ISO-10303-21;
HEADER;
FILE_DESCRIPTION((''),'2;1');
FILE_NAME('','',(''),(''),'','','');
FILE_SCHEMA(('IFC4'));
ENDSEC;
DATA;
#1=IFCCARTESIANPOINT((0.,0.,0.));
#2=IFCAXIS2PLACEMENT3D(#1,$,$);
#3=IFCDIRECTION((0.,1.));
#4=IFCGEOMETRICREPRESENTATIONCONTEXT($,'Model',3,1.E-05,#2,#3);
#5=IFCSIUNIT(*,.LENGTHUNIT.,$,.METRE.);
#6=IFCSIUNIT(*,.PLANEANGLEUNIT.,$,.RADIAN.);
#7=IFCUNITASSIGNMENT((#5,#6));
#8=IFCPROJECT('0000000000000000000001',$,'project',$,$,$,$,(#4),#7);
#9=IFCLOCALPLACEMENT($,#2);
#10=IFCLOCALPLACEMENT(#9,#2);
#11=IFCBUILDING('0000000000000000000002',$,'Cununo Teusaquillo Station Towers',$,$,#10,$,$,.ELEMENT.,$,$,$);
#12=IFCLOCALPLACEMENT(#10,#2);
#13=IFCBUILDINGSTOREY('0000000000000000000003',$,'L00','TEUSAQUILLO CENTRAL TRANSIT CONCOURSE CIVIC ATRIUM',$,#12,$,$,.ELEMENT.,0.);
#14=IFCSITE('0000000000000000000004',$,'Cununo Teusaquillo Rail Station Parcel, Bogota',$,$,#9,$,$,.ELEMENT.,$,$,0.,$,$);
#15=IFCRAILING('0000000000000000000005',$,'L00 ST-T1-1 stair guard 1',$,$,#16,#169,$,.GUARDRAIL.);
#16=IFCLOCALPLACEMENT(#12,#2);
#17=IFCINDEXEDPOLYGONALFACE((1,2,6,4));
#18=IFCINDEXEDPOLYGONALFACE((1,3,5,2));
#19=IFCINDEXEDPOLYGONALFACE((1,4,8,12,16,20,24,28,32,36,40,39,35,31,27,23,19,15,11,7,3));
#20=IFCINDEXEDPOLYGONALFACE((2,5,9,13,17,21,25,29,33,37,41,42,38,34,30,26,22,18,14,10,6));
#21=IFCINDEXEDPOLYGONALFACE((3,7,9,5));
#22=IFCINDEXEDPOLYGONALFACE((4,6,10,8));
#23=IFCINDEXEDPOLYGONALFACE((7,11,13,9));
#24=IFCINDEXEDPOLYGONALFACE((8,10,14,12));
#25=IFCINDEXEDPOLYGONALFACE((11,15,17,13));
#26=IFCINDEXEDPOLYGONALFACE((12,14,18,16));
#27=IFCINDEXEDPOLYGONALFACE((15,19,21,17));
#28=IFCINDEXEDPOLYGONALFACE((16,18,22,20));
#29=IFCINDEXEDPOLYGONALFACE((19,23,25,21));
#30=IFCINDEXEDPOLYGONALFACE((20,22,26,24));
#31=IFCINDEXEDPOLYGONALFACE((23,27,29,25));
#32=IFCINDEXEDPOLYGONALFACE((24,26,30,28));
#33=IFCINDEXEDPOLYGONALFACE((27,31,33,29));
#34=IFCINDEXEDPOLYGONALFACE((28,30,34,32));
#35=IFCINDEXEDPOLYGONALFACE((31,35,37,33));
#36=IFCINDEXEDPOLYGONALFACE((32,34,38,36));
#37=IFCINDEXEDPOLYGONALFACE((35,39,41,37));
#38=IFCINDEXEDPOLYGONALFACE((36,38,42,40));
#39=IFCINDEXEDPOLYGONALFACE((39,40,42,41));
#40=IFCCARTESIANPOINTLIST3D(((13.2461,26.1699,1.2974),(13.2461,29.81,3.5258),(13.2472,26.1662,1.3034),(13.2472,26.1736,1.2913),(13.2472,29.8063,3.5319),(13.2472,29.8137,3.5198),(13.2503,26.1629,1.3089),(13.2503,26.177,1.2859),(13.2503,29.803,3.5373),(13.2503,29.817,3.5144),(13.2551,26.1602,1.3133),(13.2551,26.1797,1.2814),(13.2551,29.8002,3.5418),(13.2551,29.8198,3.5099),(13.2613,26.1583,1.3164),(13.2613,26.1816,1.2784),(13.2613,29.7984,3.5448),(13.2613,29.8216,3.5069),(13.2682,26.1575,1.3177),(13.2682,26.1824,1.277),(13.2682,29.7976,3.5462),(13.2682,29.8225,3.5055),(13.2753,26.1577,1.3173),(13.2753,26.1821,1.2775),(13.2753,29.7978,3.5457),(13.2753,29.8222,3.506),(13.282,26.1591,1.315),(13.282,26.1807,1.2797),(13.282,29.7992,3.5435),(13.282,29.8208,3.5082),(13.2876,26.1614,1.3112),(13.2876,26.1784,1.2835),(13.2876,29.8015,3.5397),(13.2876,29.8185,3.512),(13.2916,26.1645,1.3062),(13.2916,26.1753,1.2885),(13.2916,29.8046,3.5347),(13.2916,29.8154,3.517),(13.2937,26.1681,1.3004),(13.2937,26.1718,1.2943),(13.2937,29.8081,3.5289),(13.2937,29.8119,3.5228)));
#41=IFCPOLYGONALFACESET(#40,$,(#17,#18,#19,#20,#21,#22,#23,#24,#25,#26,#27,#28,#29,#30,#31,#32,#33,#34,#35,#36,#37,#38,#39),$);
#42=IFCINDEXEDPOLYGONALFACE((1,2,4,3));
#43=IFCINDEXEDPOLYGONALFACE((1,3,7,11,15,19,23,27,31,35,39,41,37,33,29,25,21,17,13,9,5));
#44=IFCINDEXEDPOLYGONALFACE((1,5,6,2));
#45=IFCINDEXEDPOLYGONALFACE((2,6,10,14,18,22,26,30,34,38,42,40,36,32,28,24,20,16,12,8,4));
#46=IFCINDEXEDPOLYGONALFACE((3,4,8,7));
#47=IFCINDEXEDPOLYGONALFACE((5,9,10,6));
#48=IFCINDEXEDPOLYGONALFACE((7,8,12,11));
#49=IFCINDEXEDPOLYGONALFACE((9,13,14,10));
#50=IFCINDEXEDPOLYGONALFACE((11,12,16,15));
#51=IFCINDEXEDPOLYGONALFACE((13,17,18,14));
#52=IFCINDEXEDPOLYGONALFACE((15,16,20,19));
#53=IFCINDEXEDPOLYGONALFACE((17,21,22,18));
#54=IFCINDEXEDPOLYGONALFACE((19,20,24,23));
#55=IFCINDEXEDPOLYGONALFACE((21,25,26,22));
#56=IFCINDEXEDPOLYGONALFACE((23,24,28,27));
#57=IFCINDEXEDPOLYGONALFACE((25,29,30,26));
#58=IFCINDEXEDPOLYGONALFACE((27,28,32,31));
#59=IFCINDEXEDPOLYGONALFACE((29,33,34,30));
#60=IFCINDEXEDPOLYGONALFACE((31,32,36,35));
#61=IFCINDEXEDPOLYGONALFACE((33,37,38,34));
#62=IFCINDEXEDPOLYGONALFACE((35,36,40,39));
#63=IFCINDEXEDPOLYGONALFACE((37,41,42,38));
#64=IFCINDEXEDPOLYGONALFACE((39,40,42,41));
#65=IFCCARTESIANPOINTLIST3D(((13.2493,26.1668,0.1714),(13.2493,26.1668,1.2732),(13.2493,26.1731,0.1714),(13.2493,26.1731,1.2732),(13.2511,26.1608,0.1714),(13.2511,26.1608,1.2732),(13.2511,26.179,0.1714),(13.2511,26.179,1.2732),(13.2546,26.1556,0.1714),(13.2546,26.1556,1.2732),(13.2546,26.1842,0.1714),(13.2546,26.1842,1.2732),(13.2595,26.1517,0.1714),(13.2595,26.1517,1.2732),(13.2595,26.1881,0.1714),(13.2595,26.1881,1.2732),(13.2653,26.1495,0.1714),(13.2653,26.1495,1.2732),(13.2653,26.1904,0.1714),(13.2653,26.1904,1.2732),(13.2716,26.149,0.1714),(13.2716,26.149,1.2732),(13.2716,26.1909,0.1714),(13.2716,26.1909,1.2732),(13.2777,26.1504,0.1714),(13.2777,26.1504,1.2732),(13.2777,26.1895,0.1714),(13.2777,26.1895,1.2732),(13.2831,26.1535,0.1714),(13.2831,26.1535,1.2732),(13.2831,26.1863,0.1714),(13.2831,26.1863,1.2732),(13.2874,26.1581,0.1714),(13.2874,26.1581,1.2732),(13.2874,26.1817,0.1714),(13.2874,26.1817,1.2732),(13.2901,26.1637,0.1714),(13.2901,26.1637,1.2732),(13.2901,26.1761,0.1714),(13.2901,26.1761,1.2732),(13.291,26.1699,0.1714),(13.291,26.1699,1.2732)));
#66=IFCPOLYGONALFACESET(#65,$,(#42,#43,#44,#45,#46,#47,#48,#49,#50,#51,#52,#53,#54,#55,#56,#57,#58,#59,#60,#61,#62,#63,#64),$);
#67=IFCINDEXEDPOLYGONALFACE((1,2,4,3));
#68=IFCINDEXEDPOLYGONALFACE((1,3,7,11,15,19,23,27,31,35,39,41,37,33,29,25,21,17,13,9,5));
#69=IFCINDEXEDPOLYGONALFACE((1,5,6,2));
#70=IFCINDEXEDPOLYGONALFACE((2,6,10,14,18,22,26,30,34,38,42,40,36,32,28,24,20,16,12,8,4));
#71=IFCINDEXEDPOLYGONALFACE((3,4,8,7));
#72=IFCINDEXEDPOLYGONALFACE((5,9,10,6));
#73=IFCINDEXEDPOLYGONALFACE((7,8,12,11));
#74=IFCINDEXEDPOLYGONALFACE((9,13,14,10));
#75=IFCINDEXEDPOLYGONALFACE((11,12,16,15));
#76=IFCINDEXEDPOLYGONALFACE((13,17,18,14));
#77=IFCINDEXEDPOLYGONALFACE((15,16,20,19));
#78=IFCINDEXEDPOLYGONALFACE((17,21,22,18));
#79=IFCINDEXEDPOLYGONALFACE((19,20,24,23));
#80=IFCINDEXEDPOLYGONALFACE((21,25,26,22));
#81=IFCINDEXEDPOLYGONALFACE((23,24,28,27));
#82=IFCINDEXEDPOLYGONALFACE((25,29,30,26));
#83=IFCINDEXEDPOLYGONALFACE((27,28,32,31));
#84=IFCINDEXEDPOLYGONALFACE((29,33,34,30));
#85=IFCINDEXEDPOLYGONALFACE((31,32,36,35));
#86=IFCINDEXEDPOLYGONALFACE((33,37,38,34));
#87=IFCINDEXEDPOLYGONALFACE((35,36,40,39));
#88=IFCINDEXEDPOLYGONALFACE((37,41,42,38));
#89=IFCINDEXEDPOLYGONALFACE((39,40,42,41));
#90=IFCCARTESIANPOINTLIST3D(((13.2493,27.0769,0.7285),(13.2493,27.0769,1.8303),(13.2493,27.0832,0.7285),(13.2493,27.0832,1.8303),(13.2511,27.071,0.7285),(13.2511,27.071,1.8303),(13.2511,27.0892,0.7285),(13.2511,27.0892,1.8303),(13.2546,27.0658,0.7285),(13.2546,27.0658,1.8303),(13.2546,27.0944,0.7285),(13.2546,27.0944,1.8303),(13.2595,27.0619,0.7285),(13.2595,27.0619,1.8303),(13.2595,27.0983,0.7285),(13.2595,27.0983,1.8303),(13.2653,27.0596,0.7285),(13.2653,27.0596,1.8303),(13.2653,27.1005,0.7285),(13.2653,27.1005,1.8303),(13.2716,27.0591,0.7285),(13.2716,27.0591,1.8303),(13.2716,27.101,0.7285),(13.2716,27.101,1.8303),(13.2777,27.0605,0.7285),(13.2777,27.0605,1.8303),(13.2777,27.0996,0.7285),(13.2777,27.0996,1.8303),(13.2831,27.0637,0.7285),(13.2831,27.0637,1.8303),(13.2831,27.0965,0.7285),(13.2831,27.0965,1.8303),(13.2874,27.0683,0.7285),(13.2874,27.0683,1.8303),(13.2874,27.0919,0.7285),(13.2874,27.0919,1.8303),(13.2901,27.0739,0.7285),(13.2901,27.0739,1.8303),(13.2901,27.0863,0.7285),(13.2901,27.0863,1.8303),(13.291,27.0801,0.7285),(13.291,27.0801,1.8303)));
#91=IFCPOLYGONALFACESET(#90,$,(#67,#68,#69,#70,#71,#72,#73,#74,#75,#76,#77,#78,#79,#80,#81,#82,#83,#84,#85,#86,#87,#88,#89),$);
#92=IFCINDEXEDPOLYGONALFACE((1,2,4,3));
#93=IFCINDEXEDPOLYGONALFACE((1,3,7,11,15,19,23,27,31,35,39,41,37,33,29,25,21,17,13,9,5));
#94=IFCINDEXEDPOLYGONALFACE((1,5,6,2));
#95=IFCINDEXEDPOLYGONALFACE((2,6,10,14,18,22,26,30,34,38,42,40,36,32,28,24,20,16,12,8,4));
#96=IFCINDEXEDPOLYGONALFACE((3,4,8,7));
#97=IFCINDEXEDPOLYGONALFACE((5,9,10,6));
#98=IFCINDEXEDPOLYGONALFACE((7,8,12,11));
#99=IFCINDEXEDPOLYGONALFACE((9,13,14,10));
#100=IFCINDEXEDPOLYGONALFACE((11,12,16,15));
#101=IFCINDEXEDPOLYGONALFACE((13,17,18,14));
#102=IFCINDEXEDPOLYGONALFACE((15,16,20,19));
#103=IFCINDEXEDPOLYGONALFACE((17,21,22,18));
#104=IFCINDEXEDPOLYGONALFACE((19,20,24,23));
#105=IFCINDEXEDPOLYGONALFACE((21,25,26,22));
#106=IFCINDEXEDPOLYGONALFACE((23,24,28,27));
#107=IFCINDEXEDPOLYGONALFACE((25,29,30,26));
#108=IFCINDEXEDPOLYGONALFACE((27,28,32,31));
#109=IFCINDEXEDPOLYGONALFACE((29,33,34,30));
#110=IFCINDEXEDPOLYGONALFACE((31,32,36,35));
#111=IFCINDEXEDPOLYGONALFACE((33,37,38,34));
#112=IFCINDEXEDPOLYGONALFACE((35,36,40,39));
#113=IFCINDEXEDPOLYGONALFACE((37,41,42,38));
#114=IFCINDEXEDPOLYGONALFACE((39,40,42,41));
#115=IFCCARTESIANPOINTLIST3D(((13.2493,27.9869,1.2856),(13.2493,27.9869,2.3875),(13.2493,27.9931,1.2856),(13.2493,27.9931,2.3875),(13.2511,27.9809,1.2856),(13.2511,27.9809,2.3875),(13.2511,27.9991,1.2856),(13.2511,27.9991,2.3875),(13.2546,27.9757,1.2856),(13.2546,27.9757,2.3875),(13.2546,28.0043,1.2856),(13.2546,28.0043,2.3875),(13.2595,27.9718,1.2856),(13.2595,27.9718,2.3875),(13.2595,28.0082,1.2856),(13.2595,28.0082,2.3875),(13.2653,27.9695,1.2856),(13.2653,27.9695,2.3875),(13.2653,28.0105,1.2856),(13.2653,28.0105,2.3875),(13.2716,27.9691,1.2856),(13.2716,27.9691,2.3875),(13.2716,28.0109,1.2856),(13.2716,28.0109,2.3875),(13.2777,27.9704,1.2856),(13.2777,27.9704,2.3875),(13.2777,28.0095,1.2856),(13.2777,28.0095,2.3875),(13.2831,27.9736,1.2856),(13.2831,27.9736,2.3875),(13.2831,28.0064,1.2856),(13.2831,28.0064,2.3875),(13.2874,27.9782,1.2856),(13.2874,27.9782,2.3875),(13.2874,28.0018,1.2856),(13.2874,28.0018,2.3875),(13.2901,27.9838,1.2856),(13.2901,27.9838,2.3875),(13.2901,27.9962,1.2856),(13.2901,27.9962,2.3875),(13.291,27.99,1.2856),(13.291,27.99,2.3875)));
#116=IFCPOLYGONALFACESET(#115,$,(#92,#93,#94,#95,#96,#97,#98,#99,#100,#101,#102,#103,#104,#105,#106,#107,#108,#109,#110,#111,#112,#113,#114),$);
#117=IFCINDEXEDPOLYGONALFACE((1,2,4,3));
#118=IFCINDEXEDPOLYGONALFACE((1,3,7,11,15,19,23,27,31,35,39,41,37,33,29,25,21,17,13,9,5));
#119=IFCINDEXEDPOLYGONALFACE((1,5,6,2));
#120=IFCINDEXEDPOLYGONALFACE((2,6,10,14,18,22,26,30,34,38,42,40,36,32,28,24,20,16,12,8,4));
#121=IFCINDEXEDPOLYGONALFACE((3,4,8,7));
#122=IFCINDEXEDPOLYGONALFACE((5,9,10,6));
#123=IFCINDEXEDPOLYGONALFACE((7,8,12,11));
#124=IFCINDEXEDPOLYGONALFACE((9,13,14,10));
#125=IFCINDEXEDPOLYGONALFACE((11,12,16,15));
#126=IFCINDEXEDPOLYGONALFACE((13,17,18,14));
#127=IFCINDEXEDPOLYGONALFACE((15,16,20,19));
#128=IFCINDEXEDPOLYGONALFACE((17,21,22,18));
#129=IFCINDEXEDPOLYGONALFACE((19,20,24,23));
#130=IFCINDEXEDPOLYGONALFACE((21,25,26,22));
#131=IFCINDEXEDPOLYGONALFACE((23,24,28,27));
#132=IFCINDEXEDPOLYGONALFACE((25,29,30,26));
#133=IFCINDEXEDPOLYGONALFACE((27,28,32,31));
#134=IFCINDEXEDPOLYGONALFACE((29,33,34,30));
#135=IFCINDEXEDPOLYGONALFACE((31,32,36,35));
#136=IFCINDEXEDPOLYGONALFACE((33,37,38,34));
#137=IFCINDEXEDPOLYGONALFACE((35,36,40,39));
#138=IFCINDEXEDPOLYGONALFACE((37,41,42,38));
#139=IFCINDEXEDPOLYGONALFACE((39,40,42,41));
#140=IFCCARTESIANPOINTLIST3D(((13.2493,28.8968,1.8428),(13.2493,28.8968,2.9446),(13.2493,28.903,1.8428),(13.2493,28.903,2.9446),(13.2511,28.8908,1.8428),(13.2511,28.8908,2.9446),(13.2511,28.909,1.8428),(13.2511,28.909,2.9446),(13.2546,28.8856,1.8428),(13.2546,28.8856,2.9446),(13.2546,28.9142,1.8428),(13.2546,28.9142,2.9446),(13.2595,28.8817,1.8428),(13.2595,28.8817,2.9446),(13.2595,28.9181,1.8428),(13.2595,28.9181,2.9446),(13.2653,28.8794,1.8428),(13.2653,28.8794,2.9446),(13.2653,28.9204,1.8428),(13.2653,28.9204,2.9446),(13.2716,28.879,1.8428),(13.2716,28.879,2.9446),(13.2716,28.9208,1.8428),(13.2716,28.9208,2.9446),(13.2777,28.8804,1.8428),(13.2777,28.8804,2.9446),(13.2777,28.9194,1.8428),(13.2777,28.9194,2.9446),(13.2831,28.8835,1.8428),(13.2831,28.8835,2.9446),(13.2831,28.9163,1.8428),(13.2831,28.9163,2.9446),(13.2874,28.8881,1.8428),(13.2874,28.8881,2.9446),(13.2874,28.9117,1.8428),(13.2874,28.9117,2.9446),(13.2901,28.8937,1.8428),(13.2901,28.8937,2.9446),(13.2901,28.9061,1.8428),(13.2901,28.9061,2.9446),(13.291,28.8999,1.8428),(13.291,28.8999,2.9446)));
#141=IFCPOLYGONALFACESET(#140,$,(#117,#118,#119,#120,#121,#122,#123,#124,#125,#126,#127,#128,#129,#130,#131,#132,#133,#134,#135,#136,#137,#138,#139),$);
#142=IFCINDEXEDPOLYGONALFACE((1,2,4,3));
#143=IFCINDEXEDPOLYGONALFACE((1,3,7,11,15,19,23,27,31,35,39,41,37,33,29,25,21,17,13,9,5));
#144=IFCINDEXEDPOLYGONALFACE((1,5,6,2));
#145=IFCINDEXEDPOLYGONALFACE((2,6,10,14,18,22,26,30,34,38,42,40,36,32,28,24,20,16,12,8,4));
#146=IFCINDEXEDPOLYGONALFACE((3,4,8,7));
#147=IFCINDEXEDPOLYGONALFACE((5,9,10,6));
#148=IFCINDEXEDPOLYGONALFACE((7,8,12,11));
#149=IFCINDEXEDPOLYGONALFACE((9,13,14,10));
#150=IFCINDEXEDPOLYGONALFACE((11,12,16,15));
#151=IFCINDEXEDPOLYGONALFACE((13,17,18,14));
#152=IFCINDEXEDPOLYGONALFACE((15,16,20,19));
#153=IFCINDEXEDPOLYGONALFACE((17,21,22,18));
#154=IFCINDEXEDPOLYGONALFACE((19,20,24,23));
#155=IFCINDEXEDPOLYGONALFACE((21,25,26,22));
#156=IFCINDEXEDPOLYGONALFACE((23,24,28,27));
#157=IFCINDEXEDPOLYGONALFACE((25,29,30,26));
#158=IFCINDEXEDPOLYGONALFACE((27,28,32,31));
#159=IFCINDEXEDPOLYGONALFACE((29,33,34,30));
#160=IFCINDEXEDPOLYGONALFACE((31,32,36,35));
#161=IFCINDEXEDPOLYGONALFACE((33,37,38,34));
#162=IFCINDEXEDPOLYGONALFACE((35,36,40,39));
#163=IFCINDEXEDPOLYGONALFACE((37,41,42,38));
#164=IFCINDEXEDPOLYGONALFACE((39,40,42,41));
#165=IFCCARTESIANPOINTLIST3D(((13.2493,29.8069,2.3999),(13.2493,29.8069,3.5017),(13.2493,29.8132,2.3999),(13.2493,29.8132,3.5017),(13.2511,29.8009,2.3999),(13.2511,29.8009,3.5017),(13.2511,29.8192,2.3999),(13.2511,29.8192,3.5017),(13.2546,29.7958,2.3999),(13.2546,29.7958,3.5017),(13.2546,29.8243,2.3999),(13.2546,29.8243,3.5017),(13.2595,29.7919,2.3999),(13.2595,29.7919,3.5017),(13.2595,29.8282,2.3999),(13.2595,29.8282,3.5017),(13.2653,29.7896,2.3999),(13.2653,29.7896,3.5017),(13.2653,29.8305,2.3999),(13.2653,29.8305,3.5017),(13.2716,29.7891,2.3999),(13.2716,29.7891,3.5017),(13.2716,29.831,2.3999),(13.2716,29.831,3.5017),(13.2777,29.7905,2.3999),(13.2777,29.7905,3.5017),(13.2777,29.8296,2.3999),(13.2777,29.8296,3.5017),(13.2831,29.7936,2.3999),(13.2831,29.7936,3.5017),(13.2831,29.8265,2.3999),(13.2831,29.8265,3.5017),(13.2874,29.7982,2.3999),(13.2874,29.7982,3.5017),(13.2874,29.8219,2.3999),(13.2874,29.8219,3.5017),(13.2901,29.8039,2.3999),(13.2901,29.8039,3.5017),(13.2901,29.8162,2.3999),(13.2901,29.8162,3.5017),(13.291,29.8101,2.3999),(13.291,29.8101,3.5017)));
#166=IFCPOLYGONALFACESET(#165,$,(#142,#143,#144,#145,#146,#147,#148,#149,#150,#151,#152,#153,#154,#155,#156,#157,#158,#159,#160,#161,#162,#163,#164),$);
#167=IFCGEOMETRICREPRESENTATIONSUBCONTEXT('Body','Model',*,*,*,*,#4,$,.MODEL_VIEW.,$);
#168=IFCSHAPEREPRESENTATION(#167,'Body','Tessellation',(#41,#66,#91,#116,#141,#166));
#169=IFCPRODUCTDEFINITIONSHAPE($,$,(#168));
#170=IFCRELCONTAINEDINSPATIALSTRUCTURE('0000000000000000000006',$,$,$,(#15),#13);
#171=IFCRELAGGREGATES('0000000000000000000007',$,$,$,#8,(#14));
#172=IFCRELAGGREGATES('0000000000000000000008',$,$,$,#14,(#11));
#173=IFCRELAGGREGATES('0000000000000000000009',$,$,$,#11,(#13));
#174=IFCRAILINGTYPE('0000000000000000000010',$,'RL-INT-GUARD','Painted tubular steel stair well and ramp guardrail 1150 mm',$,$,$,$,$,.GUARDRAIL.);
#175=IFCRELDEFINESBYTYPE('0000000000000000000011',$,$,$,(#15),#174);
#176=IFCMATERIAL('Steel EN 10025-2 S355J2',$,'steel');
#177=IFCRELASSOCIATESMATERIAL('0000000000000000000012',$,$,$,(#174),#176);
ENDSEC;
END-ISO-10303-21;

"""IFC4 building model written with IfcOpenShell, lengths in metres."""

from ifc_helpers import new_model, si_unit, direction, frame, origin, origin_2d, place, context, subcontext, project, spatial, circle, extrude, material, type_object, element, save


model = new_model("IFC4")

# Units and contexts
model_context = context("Model", 3, precision=1e-05, world=origin(), true_north=direction((0.0, 1.0)))
body_context = subcontext(model_context, "Body", "Model", "MODEL_VIEW")
ifc_project = project(units=[si_unit("LENGTHUNIT", "METRE"), si_unit("PLANEANGLEUNIT", "RADIAN")], contexts=[model_context])

# Site, building, storey
site_placement = place(None, origin())
site = spatial("IfcSite", under=ifc_project, at=site_placement, Name="Cununo Teusaquillo Rail Station Parcel, Bogota", CompositionType="ELEMENT", RefElevation=0.0)
building_placement = place(site_placement, origin())
building = spatial("IfcBuilding", under=site, at=building_placement, Name="Cununo Teusaquillo Station Towers", CompositionType="ELEMENT")
storey_placement = place(building_placement, origin())
storey = spatial("IfcBuildingStorey", under=building, at=storey_placement, Name="L00", Description="TEUSAQUILLO CENTRAL TRANSIT CONCOURSE CIVIC ATRIUM", CompositionType="ELEMENT", Elevation=0.0)

# Railing
ifc_material_1 = material(Name="Steel EN 10025-2 S355J2", Category="steel")
railing_type_1 = type_object("IfcRailingType", Name="RL-INT-GUARD", Description="Painted tubular steel stair well and ramp guardrail 1150 mm", PredefinedType="GUARDRAIL", material=ifc_material_1)
railing_1_placement = place(storey_placement, frame((13.27, 26.1699, 0.1714)))
element("IfcRailing", 1, at=railing_1_placement, inside=storey, type_object=railing_type_1, Name="L00 ST-T1-1 stair guard 1", PredefinedType="GUARDRAIL", context=body_context, shape_type="SweptSolid", body=[
    extrude(circle(Radius=0.0239, at=origin_2d()), frame((0.0, 0.0, 1.126), z_axis=(0.0, 0.852866, 0.52213), x_axis=(-1.0, 0.0, 0.0)), (0.0, 0.0, 1.0), 4.2681),
    extrude(circle(Radius=0.021, at=origin_2d()), origin(), (0.0, 0.0, 1.0), 1.1018),
    extrude(circle(Radius=0.021, at=origin_2d()), frame((0.0, 0.9102, 0.5571)), (0.0, 0.0, 1.0), 1.1018),
    extrude(circle(Radius=0.021, at=origin_2d()), frame((0.0, 1.8201, 1.1143)), (0.0, 0.0, 1.0), 1.1018),
    extrude(circle(Radius=0.021, at=origin_2d()), frame((0.0, 2.73, 1.6714)), (0.0, 0.0, 1.0), 1.1018),
    extrude(circle(Radius=0.021, at=origin_2d()), frame((0.0, 3.6401, 2.2285)), (0.0, 0.0, 1.0), 1.1018),
])

save(model, "model.ifc")
